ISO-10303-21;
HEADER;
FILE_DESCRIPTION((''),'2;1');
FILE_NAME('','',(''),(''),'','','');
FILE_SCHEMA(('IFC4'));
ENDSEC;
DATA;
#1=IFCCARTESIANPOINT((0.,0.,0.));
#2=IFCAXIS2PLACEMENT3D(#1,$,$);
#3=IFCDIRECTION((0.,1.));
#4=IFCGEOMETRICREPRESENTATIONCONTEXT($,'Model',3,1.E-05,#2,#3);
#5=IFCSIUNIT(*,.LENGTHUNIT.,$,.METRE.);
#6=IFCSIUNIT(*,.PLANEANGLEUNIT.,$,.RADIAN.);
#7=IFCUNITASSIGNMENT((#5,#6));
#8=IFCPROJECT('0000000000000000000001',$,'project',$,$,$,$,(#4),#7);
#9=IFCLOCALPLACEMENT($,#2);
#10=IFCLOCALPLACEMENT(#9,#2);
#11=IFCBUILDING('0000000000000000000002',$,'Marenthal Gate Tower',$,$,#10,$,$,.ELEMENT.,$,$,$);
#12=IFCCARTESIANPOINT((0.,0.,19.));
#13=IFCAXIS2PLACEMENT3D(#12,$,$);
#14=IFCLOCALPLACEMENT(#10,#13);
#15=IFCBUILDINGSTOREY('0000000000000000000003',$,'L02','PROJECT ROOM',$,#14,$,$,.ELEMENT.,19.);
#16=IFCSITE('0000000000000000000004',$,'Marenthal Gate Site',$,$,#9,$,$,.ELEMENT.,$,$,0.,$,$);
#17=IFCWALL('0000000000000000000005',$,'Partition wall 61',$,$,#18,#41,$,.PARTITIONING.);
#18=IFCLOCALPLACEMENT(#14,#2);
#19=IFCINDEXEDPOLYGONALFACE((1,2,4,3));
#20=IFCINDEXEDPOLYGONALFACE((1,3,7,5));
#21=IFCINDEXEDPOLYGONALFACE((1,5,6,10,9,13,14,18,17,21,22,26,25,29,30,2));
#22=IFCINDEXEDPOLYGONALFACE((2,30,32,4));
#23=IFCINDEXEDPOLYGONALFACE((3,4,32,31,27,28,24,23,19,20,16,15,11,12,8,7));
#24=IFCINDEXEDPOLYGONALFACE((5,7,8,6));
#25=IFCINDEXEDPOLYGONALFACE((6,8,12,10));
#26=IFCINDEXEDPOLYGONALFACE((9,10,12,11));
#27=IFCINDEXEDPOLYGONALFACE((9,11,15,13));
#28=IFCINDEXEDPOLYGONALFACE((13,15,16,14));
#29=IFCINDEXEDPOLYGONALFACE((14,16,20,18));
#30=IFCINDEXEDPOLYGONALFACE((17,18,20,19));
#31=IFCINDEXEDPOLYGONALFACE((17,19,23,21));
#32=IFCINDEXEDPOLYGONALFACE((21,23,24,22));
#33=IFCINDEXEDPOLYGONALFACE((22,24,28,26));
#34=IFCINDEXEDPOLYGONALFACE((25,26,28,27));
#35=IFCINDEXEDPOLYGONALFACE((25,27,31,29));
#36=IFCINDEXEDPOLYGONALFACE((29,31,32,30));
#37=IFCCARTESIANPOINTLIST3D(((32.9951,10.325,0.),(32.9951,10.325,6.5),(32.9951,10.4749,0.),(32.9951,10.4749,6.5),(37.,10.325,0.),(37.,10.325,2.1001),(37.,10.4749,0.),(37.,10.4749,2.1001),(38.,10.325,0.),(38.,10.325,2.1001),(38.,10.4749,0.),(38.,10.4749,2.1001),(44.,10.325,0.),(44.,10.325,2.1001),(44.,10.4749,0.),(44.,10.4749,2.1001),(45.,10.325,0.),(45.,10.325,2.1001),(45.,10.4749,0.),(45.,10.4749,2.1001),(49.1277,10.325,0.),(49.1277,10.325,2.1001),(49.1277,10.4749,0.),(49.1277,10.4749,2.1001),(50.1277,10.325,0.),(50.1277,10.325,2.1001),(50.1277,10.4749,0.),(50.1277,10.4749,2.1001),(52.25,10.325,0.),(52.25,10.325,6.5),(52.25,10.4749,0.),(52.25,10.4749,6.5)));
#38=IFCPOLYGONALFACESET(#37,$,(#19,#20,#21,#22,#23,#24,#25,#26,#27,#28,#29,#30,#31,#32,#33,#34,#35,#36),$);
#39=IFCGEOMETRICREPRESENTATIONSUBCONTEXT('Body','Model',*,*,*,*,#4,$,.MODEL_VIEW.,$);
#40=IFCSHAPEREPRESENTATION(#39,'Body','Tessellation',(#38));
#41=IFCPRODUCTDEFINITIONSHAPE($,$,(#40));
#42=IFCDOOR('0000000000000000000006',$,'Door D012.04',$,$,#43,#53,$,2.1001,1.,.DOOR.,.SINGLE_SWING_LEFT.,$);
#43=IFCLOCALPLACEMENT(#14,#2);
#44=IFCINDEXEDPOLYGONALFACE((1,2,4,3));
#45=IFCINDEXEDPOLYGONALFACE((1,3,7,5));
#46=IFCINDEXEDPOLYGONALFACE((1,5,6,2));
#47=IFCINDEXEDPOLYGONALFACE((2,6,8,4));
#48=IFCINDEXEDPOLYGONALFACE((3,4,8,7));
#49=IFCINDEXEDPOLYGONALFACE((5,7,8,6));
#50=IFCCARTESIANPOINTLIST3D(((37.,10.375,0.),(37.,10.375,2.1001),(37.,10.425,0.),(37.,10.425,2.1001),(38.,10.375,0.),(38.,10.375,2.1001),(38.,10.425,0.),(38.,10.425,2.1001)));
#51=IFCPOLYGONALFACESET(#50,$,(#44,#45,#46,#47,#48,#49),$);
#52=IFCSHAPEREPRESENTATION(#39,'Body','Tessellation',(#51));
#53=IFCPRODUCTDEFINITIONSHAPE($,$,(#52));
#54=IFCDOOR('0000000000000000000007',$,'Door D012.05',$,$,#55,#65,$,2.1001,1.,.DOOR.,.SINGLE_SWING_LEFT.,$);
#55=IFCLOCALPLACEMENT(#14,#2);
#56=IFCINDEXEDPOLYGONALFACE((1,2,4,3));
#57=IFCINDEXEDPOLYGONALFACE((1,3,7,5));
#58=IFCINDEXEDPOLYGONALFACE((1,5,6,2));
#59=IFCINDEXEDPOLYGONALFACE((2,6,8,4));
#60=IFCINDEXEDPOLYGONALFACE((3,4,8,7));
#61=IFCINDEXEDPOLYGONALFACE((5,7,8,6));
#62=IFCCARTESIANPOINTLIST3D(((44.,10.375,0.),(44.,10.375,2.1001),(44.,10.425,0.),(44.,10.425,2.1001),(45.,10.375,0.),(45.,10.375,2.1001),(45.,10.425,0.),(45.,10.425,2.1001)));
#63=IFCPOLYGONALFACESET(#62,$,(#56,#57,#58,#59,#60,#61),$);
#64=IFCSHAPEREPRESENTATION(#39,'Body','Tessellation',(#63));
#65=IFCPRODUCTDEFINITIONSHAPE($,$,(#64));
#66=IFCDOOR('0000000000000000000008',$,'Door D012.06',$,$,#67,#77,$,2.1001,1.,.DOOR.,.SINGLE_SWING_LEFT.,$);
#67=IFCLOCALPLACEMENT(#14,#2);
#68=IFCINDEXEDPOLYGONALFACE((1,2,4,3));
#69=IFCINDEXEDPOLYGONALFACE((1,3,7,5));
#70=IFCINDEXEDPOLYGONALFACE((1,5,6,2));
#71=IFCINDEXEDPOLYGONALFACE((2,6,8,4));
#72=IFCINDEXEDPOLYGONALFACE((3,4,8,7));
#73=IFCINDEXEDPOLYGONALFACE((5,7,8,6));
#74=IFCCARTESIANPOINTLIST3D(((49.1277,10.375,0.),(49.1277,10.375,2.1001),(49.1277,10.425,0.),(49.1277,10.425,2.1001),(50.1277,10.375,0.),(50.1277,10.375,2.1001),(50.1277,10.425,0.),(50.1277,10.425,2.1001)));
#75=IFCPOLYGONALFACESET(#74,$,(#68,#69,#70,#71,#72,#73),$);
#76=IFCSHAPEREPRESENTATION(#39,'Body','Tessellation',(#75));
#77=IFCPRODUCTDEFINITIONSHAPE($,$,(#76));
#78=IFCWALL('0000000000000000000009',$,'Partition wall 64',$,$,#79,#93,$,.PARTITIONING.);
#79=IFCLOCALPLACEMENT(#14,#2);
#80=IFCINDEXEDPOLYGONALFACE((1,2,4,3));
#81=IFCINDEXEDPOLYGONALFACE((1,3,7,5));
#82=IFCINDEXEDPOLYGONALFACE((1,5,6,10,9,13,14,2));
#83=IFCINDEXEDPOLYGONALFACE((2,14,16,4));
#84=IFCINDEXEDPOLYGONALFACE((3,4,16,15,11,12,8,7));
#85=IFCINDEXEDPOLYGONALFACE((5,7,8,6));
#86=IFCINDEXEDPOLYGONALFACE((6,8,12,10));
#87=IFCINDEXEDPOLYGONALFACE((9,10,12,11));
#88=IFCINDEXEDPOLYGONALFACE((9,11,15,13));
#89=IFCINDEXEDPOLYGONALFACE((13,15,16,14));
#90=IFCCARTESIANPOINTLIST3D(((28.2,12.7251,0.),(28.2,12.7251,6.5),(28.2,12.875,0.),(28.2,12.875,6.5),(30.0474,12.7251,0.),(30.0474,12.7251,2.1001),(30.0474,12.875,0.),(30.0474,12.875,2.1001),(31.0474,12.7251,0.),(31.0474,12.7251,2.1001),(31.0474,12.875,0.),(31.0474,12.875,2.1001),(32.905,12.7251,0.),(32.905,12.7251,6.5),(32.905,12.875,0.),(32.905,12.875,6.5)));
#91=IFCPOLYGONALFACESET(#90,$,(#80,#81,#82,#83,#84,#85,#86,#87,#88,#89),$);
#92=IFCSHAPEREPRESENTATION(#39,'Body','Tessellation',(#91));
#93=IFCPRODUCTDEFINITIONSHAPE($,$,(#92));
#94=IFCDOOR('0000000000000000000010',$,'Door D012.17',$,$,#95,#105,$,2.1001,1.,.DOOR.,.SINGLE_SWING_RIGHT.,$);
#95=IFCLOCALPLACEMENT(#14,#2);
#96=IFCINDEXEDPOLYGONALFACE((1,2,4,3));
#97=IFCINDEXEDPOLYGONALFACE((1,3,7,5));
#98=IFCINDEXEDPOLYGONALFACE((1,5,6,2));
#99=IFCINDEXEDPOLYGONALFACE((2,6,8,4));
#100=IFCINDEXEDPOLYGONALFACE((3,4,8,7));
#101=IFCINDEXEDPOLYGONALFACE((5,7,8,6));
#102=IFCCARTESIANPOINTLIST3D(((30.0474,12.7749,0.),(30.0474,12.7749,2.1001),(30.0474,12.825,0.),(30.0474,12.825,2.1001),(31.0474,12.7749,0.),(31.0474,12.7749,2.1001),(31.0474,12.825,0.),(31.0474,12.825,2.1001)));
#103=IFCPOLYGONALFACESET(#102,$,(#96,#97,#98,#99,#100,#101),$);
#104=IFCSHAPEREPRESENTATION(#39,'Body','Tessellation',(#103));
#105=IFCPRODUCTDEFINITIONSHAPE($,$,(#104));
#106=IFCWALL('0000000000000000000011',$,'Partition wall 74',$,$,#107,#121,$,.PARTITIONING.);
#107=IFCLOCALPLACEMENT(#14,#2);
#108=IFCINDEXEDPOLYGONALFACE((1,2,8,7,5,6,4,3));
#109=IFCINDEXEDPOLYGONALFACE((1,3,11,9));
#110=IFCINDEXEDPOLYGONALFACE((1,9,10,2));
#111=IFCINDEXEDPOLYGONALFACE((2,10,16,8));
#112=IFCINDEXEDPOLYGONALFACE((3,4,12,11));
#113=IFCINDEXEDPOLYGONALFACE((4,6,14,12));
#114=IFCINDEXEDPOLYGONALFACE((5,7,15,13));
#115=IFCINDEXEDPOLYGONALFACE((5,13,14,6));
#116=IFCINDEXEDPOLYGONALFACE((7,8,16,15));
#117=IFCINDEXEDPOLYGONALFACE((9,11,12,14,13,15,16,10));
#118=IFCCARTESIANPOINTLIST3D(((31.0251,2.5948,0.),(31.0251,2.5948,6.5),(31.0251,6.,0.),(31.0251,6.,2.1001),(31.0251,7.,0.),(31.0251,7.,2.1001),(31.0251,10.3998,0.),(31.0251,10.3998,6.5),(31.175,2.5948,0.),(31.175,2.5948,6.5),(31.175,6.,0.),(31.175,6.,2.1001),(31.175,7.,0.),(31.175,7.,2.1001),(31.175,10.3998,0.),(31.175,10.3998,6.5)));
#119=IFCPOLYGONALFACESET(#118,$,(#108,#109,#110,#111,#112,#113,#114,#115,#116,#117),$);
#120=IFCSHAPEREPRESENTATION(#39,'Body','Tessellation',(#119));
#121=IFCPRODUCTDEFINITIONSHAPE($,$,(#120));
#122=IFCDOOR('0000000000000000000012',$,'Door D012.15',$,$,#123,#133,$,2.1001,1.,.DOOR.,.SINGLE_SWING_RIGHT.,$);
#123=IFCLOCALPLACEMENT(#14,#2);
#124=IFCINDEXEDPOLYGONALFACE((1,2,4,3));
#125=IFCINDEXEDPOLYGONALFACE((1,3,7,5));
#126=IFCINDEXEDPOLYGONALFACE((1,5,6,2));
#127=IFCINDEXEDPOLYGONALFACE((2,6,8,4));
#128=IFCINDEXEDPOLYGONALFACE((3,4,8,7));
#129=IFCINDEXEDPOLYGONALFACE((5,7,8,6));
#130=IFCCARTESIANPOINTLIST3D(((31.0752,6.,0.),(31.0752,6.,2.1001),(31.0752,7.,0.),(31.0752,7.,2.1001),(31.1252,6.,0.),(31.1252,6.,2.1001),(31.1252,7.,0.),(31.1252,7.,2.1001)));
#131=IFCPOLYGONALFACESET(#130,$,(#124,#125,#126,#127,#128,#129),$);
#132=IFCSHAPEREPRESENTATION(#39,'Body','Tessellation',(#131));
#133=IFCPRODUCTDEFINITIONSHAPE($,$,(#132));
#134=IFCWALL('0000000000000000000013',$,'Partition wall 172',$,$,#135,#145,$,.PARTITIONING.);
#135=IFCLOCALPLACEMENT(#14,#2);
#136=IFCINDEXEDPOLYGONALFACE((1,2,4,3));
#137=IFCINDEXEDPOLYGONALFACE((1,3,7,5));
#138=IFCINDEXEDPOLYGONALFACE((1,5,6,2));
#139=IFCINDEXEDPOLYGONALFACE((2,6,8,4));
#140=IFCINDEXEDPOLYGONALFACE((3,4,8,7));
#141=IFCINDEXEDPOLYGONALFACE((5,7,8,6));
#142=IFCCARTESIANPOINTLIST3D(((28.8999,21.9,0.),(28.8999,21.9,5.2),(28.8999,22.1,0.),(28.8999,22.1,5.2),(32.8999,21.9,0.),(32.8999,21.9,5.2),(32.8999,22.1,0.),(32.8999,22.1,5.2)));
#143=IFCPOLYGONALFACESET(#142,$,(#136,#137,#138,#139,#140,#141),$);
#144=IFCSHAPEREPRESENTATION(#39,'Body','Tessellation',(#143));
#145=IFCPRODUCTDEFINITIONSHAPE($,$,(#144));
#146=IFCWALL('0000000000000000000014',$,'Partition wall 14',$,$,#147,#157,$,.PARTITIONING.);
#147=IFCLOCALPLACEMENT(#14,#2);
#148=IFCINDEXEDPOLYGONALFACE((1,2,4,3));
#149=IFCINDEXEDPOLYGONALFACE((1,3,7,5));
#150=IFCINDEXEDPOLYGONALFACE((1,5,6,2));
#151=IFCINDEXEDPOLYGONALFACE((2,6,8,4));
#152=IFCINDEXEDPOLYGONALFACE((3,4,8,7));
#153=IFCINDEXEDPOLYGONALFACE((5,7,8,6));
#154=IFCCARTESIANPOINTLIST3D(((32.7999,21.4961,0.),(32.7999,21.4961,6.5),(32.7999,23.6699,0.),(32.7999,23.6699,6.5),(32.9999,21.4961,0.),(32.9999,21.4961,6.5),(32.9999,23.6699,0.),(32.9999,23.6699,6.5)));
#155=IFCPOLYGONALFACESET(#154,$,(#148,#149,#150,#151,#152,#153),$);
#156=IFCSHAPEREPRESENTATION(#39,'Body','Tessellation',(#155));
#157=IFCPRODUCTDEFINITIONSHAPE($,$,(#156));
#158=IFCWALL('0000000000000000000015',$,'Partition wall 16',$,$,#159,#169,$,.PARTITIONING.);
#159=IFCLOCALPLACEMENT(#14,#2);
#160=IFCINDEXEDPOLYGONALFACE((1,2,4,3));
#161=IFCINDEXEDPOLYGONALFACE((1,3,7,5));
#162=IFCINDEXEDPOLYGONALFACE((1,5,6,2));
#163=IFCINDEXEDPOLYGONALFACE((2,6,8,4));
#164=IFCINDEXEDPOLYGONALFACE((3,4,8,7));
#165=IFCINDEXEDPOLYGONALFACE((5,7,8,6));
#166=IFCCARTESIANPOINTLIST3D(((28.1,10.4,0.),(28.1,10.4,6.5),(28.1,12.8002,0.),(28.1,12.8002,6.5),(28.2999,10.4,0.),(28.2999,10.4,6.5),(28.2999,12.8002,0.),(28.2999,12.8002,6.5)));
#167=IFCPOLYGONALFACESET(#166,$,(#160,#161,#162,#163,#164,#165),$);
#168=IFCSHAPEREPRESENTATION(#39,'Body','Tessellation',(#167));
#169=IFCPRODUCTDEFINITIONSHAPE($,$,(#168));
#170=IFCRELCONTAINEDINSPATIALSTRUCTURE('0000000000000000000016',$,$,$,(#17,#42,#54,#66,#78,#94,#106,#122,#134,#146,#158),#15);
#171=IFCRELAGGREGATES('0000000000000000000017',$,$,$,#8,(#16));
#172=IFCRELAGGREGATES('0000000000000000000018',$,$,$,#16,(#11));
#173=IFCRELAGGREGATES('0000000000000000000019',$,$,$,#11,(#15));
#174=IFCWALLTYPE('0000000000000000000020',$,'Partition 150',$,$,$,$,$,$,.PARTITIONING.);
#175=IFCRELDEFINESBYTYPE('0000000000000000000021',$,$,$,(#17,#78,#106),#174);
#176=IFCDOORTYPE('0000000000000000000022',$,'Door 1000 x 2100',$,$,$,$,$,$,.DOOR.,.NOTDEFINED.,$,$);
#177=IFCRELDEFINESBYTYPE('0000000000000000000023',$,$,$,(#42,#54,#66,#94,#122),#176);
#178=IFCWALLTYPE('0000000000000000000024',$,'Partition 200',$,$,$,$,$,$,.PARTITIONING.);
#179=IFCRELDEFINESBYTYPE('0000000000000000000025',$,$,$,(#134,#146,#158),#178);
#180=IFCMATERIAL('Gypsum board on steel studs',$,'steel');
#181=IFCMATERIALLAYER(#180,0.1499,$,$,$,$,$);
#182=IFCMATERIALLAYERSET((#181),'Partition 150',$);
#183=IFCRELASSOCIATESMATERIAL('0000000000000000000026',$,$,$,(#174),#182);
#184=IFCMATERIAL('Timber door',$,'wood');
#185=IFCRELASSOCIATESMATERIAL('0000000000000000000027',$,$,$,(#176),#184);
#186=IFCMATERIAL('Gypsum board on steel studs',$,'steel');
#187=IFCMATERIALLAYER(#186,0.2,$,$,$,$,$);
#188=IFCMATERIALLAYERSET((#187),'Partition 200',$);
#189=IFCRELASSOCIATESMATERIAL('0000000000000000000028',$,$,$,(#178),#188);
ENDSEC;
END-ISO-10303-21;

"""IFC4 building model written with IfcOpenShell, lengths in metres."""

from ifc_helpers import new_model, si_unit, direction, frame, frame_2d, origin, place, context, subcontext, project, spatial, rectangle, extrude, material, layer, layer_set, type_object, element, fill, save


model = new_model("IFC4")

# Units and contexts
model_context = context("Model", 3, precision=1e-05, world=origin(), true_north=direction((0.0, 1.0)))
body_context = subcontext(model_context, "Body", "Model", "MODEL_VIEW")
ifc_project = project(units=[si_unit("LENGTHUNIT", "METRE"), si_unit("PLANEANGLEUNIT", "RADIAN")], contexts=[model_context])

# Site, building, storey
site_placement = place(None, origin())
site = spatial("IfcSite", under=ifc_project, at=site_placement, Name="Marenthal Gate Site", CompositionType="ELEMENT", RefElevation=0.0)
building_placement = place(site_placement, origin())
building = spatial("IfcBuilding", under=site, at=building_placement, Name="Marenthal Gate Tower", CompositionType="ELEMENT")
storey_placement = place(building_placement, frame((0.0, 0.0, 19.0)))
storey = spatial("IfcBuildingStorey", under=building, at=storey_placement, Name="L02", Description="PROJECT ROOM", CompositionType="ELEMENT", Elevation=19.0)

# Shared definitions
ifc_material_1 = material(Name="Gypsum board on steel studs", Category="steel")
ifc_layer_1 = layer(ifc_material_1, 0.1499)
ifc_layer_set_1 = layer_set([ifc_layer_1], Name="Partition 150")
wall_type_1 = type_object("IfcWallType", Name="Partition 150", PredefinedType="PARTITIONING", material=ifc_layer_set_1)

# Wall, openings, doors
wall_1_placement = place(storey_placement, frame((32.9951, 10.3999, 0.0), z_axis=(0.0, 0.0, 1.0), x_axis=(1.0, 0.0, 0.0)))
wall_1 = element("IfcWall", 1, at=wall_1_placement, inside=storey, type_object=wall_type_1, Name="Partition wall 61", PredefinedType="PARTITIONING", context=body_context, shape_type="SweptSolid", body=[
    extrude(rectangle(XDim=19.2549, YDim=0.1499, at=frame_2d((9.6274, 0.0))), origin(), (0.0, 0.0, 1.0), 6.5),
])
opening_1_placement = place(wall_1_placement, frame((4.0049, 0.0, 0.0)))
opening_1 = element("IfcOpeningElement", 2, at=opening_1_placement, cuts=wall_1, PredefinedType="OPENING", context=body_context, shape_type="SweptSolid", body=[
    extrude(rectangle(XDim=1.0, YDim=2.1001, at=frame_2d((0.5, 1.05))), frame((0.0, 0.085, 0.0), z_axis=(0.0, -1.0, 0.0), x_axis=(1.0, 0.0, 0.0)), (0.0, 0.0, 1.0), 0.1699),
])
opening_2_placement = place(wall_1_placement, frame((11.0049, 0.0, 0.0)))
opening_2 = element("IfcOpeningElement", 3, at=opening_2_placement, cuts=wall_1, PredefinedType="OPENING", context=body_context, shape_type="SweptSolid", body=[
    extrude(rectangle(XDim=1.0, YDim=2.1001, at=frame_2d((0.5, 1.05))), frame((0.0, 0.085, 0.0), z_axis=(0.0, -1.0, 0.0), x_axis=(1.0, 0.0, 0.0)), (0.0, 0.0, 1.0), 0.1699),
])
opening_3_placement = place(wall_1_placement, frame((16.1326, 0.0, 0.0)))
opening_3 = element("IfcOpeningElement", 4, at=opening_3_placement, cuts=wall_1, PredefinedType="OPENING", context=body_context, shape_type="SweptSolid", body=[
    extrude(rectangle(XDim=1.0, YDim=2.1001, at=frame_2d((0.5, 1.05))), frame((0.0, 0.085, 0.0), z_axis=(0.0, -1.0, 0.0), x_axis=(1.0, 0.0, 0.0)), (0.0, 0.0, 1.0), 0.1699),
])
ifc_material_2 = material(Name="Timber door", Category="wood")
door_type_1 = type_object("IfcDoorType", Name="Door 1000 x 2100", OperationType="NOTDEFINED", PredefinedType="DOOR", material=ifc_material_2)
door_1_placement = place(opening_1_placement, frame((1.0, 0.0, 0.0), z_axis=(0.0, 0.0, 1.0), x_axis=(-1.0, 0.0, 0.0)))
door_1 = element("IfcDoor", 5, at=door_1_placement, inside=storey, type_object=door_type_1, Name="Door D012.04", OperationType="SINGLE_SWING_LEFT", OverallHeight=2.1001, OverallWidth=1.0, PredefinedType="DOOR", context=body_context, shape_type="SweptSolid", body=[
    extrude(rectangle(XDim=1.0, YDim=2.1001, at=frame_2d((0.5, 1.05))), frame((0.0, 0.0249, 0.0), z_axis=(0.0, -1.0, 0.0), x_axis=(1.0, 0.0, 0.0)), (0.0, 0.0, 1.0), 0.05),
])
fill(opening_1, door_1)
door_2_placement = place(opening_2_placement, frame((1.0, 0.0, 0.0), z_axis=(0.0, 0.0, 1.0), x_axis=(-1.0, 0.0, 0.0)))
door_2 = element("IfcDoor", 6, at=door_2_placement, inside=storey, type_object=door_type_1, Name="Door D012.05", OperationType="SINGLE_SWING_LEFT", OverallHeight=2.1001, OverallWidth=1.0, PredefinedType="DOOR", context=body_context, shape_type="SweptSolid", body=[
    extrude(rectangle(XDim=1.0, YDim=2.1001, at=frame_2d((0.5, 1.05))), frame((0.0, 0.0249, 0.0), z_axis=(0.0, -1.0, 0.0), x_axis=(1.0, 0.0, 0.0)), (0.0, 0.0, 1.0), 0.05),
])
fill(opening_2, door_2)
door_3_placement = place(opening_3_placement, frame((1.0, 0.0, 0.0), z_axis=(0.0, 0.0, 1.0), x_axis=(-1.0, 0.0, 0.0)))
door_3 = element("IfcDoor", 7, at=door_3_placement, inside=storey, type_object=door_type_1, Name="Door D012.06", OperationType="SINGLE_SWING_LEFT", OverallHeight=2.1001, OverallWidth=1.0, PredefinedType="DOOR", context=body_context, shape_type="SweptSolid", body=[
    extrude(rectangle(XDim=1.0, YDim=2.1001, at=frame_2d((0.5, 1.05))), frame((0.0, 0.0249, 0.0), z_axis=(0.0, -1.0, 0.0), x_axis=(1.0, 0.0, 0.0)), (0.0, 0.0, 1.0), 0.05),
])
fill(opening_3, door_3)

# Walls, openings, doors
wall_2_placement = place(storey_placement, frame((28.2, 12.8, 0.0), z_axis=(0.0, 0.0, 1.0), x_axis=(1.0, 0.0, 0.0)))
wall_2 = element("IfcWall", 8, at=wall_2_placement, inside=storey, type_object=wall_type_1, Name="Partition wall 64", PredefinedType="PARTITIONING", context=body_context, shape_type="SweptSolid", body=[
    extrude(rectangle(XDim=4.7051, YDim=0.1499, at=frame_2d((2.3525, 0.0))), origin(), (0.0, 0.0, 1.0), 6.5),
])
opening_4_placement = place(wall_2_placement, frame((1.8474, 0.0, 0.0)))
opening_4 = element("IfcOpeningElement", 9, at=opening_4_placement, cuts=wall_2, PredefinedType="OPENING", context=body_context, shape_type="SweptSolid", body=[
    extrude(rectangle(XDim=1.0, YDim=2.1001, at=frame_2d((0.5, 1.05))), frame((0.0, 0.085, 0.0), z_axis=(0.0, -1.0, 0.0), x_axis=(1.0, 0.0, 0.0)), (0.0, 0.0, 1.0), 0.1699),
])
door_4_placement = place(opening_4_placement, origin())
door_4 = element("IfcDoor", 10, at=door_4_placement, inside=storey, type_object=door_type_1, Name="Door D012.17", OperationType="SINGLE_SWING_RIGHT", OverallHeight=2.1001, OverallWidth=1.0, PredefinedType="DOOR", context=body_context, shape_type="SweptSolid", body=[
    extrude(rectangle(XDim=1.0, YDim=2.1001, at=frame_2d((0.5, 1.05))), frame((0.0, 0.0249, 0.0), z_axis=(0.0, -1.0, 0.0), x_axis=(1.0, 0.0, 0.0)), (0.0, 0.0, 1.0), 0.05),
])
fill(opening_4, door_4)
wall_3_placement = place(storey_placement, frame((31.1001, 2.595, 0.0), z_axis=(0.0, 0.0, 1.0), x_axis=(0.0, 1.0, 0.0)))
wall_3 = element("IfcWall", 11, at=wall_3_placement, inside=storey, type_object=wall_type_1, Name="Partition wall 74", PredefinedType="PARTITIONING", context=body_context, shape_type="SweptSolid", body=[
    extrude(rectangle(XDim=7.8049, YDim=0.1499, at=frame_2d((3.9023, 0.0))), origin(), (0.0, 0.0, 1.0), 6.5),
])
opening_5_placement = place(wall_3_placement, frame((3.405, 0.0, 0.0)))
opening_5 = element("IfcOpeningElement", 12, at=opening_5_placement, cuts=wall_3, PredefinedType="OPENING", context=body_context, shape_type="SweptSolid", body=[
    extrude(rectangle(XDim=1.0, YDim=2.1001, at=frame_2d((0.5, 1.05))), frame((0.0, 0.085, 0.0), z_axis=(0.0, -1.0, 0.0), x_axis=(1.0, 0.0, 0.0)), (0.0, 0.0, 1.0), 0.1699),
])
door_5_placement = place(opening_5_placement, origin())
door_5 = element("IfcDoor", 13, at=door_5_placement, inside=storey, type_object=door_type_1, Name="Door D012.15", OperationType="SINGLE_SWING_RIGHT", OverallHeight=2.1001, OverallWidth=1.0, PredefinedType="DOOR", context=body_context, shape_type="SweptSolid", body=[
    extrude(rectangle(XDim=1.0, YDim=2.1001, at=frame_2d((0.5, 1.05))), frame((0.0, 0.0249, 0.0), z_axis=(0.0, -1.0, 0.0), x_axis=(1.0, 0.0, 0.0)), (0.0, 0.0, 1.0), 0.05),
])
fill(opening_5, door_5)

# Walls
ifc_material_3 = material(Name="Gypsum board on steel studs", Category="steel")
ifc_layer_2 = layer(ifc_material_3, 0.2)
ifc_layer_set_2 = layer_set([ifc_layer_2], Name="Partition 200")
wall_type_2 = type_object("IfcWallType", Name="Partition 200", PredefinedType="PARTITIONING", material=ifc_layer_set_2)
wall_4_placement = place(storey_placement, frame((28.8999, 22.0, 0.0), z_axis=(0.0, 0.0, 1.0), x_axis=(1.0, 0.0, 0.0)))
element("IfcWall", 14, at=wall_4_placement, inside=storey, type_object=wall_type_2, Name="Partition wall 172", PredefinedType="PARTITIONING", context=body_context, shape_type="SweptSolid", body=[
    extrude(rectangle(XDim=4.0, YDim=0.2, at=frame_2d((2.0, 0.0))), origin(), (0.0, 0.0, 1.0), 5.2),
])
wall_5_placement = place(storey_placement, frame((32.8999, 21.4961, 0.0), z_axis=(0.0, 0.0, 1.0), x_axis=(0.0, 1.0, 0.0)))
element("IfcWall", 15, at=wall_5_placement, inside=storey, type_object=wall_type_2, Name="Partition wall 14", PredefinedType="PARTITIONING", context=body_context, shape_type="SweptSolid", body=[
    extrude(rectangle(XDim=2.1738, YDim=0.2, at=frame_2d((1.0869, 0.0))), origin(), (0.0, 0.0, 1.0), 6.5),
])
wall_6_placement = place(storey_placement, frame((28.2, 10.3999, 0.0), z_axis=(0.0, 0.0, 1.0), x_axis=(0.0, 1.0, 0.0)))
element("IfcWall", 16, at=wall_6_placement, inside=storey, type_object=wall_type_2, Name="Partition wall 16", PredefinedType="PARTITIONING", context=body_context, shape_type="SweptSolid", body=[
    extrude(rectangle(XDim=2.4001, YDim=0.2, at=frame_2d((1.2002, 0.0))), origin(), (0.0, 0.0, 1.0), 6.5),
])

save(model, "model.ifc")
